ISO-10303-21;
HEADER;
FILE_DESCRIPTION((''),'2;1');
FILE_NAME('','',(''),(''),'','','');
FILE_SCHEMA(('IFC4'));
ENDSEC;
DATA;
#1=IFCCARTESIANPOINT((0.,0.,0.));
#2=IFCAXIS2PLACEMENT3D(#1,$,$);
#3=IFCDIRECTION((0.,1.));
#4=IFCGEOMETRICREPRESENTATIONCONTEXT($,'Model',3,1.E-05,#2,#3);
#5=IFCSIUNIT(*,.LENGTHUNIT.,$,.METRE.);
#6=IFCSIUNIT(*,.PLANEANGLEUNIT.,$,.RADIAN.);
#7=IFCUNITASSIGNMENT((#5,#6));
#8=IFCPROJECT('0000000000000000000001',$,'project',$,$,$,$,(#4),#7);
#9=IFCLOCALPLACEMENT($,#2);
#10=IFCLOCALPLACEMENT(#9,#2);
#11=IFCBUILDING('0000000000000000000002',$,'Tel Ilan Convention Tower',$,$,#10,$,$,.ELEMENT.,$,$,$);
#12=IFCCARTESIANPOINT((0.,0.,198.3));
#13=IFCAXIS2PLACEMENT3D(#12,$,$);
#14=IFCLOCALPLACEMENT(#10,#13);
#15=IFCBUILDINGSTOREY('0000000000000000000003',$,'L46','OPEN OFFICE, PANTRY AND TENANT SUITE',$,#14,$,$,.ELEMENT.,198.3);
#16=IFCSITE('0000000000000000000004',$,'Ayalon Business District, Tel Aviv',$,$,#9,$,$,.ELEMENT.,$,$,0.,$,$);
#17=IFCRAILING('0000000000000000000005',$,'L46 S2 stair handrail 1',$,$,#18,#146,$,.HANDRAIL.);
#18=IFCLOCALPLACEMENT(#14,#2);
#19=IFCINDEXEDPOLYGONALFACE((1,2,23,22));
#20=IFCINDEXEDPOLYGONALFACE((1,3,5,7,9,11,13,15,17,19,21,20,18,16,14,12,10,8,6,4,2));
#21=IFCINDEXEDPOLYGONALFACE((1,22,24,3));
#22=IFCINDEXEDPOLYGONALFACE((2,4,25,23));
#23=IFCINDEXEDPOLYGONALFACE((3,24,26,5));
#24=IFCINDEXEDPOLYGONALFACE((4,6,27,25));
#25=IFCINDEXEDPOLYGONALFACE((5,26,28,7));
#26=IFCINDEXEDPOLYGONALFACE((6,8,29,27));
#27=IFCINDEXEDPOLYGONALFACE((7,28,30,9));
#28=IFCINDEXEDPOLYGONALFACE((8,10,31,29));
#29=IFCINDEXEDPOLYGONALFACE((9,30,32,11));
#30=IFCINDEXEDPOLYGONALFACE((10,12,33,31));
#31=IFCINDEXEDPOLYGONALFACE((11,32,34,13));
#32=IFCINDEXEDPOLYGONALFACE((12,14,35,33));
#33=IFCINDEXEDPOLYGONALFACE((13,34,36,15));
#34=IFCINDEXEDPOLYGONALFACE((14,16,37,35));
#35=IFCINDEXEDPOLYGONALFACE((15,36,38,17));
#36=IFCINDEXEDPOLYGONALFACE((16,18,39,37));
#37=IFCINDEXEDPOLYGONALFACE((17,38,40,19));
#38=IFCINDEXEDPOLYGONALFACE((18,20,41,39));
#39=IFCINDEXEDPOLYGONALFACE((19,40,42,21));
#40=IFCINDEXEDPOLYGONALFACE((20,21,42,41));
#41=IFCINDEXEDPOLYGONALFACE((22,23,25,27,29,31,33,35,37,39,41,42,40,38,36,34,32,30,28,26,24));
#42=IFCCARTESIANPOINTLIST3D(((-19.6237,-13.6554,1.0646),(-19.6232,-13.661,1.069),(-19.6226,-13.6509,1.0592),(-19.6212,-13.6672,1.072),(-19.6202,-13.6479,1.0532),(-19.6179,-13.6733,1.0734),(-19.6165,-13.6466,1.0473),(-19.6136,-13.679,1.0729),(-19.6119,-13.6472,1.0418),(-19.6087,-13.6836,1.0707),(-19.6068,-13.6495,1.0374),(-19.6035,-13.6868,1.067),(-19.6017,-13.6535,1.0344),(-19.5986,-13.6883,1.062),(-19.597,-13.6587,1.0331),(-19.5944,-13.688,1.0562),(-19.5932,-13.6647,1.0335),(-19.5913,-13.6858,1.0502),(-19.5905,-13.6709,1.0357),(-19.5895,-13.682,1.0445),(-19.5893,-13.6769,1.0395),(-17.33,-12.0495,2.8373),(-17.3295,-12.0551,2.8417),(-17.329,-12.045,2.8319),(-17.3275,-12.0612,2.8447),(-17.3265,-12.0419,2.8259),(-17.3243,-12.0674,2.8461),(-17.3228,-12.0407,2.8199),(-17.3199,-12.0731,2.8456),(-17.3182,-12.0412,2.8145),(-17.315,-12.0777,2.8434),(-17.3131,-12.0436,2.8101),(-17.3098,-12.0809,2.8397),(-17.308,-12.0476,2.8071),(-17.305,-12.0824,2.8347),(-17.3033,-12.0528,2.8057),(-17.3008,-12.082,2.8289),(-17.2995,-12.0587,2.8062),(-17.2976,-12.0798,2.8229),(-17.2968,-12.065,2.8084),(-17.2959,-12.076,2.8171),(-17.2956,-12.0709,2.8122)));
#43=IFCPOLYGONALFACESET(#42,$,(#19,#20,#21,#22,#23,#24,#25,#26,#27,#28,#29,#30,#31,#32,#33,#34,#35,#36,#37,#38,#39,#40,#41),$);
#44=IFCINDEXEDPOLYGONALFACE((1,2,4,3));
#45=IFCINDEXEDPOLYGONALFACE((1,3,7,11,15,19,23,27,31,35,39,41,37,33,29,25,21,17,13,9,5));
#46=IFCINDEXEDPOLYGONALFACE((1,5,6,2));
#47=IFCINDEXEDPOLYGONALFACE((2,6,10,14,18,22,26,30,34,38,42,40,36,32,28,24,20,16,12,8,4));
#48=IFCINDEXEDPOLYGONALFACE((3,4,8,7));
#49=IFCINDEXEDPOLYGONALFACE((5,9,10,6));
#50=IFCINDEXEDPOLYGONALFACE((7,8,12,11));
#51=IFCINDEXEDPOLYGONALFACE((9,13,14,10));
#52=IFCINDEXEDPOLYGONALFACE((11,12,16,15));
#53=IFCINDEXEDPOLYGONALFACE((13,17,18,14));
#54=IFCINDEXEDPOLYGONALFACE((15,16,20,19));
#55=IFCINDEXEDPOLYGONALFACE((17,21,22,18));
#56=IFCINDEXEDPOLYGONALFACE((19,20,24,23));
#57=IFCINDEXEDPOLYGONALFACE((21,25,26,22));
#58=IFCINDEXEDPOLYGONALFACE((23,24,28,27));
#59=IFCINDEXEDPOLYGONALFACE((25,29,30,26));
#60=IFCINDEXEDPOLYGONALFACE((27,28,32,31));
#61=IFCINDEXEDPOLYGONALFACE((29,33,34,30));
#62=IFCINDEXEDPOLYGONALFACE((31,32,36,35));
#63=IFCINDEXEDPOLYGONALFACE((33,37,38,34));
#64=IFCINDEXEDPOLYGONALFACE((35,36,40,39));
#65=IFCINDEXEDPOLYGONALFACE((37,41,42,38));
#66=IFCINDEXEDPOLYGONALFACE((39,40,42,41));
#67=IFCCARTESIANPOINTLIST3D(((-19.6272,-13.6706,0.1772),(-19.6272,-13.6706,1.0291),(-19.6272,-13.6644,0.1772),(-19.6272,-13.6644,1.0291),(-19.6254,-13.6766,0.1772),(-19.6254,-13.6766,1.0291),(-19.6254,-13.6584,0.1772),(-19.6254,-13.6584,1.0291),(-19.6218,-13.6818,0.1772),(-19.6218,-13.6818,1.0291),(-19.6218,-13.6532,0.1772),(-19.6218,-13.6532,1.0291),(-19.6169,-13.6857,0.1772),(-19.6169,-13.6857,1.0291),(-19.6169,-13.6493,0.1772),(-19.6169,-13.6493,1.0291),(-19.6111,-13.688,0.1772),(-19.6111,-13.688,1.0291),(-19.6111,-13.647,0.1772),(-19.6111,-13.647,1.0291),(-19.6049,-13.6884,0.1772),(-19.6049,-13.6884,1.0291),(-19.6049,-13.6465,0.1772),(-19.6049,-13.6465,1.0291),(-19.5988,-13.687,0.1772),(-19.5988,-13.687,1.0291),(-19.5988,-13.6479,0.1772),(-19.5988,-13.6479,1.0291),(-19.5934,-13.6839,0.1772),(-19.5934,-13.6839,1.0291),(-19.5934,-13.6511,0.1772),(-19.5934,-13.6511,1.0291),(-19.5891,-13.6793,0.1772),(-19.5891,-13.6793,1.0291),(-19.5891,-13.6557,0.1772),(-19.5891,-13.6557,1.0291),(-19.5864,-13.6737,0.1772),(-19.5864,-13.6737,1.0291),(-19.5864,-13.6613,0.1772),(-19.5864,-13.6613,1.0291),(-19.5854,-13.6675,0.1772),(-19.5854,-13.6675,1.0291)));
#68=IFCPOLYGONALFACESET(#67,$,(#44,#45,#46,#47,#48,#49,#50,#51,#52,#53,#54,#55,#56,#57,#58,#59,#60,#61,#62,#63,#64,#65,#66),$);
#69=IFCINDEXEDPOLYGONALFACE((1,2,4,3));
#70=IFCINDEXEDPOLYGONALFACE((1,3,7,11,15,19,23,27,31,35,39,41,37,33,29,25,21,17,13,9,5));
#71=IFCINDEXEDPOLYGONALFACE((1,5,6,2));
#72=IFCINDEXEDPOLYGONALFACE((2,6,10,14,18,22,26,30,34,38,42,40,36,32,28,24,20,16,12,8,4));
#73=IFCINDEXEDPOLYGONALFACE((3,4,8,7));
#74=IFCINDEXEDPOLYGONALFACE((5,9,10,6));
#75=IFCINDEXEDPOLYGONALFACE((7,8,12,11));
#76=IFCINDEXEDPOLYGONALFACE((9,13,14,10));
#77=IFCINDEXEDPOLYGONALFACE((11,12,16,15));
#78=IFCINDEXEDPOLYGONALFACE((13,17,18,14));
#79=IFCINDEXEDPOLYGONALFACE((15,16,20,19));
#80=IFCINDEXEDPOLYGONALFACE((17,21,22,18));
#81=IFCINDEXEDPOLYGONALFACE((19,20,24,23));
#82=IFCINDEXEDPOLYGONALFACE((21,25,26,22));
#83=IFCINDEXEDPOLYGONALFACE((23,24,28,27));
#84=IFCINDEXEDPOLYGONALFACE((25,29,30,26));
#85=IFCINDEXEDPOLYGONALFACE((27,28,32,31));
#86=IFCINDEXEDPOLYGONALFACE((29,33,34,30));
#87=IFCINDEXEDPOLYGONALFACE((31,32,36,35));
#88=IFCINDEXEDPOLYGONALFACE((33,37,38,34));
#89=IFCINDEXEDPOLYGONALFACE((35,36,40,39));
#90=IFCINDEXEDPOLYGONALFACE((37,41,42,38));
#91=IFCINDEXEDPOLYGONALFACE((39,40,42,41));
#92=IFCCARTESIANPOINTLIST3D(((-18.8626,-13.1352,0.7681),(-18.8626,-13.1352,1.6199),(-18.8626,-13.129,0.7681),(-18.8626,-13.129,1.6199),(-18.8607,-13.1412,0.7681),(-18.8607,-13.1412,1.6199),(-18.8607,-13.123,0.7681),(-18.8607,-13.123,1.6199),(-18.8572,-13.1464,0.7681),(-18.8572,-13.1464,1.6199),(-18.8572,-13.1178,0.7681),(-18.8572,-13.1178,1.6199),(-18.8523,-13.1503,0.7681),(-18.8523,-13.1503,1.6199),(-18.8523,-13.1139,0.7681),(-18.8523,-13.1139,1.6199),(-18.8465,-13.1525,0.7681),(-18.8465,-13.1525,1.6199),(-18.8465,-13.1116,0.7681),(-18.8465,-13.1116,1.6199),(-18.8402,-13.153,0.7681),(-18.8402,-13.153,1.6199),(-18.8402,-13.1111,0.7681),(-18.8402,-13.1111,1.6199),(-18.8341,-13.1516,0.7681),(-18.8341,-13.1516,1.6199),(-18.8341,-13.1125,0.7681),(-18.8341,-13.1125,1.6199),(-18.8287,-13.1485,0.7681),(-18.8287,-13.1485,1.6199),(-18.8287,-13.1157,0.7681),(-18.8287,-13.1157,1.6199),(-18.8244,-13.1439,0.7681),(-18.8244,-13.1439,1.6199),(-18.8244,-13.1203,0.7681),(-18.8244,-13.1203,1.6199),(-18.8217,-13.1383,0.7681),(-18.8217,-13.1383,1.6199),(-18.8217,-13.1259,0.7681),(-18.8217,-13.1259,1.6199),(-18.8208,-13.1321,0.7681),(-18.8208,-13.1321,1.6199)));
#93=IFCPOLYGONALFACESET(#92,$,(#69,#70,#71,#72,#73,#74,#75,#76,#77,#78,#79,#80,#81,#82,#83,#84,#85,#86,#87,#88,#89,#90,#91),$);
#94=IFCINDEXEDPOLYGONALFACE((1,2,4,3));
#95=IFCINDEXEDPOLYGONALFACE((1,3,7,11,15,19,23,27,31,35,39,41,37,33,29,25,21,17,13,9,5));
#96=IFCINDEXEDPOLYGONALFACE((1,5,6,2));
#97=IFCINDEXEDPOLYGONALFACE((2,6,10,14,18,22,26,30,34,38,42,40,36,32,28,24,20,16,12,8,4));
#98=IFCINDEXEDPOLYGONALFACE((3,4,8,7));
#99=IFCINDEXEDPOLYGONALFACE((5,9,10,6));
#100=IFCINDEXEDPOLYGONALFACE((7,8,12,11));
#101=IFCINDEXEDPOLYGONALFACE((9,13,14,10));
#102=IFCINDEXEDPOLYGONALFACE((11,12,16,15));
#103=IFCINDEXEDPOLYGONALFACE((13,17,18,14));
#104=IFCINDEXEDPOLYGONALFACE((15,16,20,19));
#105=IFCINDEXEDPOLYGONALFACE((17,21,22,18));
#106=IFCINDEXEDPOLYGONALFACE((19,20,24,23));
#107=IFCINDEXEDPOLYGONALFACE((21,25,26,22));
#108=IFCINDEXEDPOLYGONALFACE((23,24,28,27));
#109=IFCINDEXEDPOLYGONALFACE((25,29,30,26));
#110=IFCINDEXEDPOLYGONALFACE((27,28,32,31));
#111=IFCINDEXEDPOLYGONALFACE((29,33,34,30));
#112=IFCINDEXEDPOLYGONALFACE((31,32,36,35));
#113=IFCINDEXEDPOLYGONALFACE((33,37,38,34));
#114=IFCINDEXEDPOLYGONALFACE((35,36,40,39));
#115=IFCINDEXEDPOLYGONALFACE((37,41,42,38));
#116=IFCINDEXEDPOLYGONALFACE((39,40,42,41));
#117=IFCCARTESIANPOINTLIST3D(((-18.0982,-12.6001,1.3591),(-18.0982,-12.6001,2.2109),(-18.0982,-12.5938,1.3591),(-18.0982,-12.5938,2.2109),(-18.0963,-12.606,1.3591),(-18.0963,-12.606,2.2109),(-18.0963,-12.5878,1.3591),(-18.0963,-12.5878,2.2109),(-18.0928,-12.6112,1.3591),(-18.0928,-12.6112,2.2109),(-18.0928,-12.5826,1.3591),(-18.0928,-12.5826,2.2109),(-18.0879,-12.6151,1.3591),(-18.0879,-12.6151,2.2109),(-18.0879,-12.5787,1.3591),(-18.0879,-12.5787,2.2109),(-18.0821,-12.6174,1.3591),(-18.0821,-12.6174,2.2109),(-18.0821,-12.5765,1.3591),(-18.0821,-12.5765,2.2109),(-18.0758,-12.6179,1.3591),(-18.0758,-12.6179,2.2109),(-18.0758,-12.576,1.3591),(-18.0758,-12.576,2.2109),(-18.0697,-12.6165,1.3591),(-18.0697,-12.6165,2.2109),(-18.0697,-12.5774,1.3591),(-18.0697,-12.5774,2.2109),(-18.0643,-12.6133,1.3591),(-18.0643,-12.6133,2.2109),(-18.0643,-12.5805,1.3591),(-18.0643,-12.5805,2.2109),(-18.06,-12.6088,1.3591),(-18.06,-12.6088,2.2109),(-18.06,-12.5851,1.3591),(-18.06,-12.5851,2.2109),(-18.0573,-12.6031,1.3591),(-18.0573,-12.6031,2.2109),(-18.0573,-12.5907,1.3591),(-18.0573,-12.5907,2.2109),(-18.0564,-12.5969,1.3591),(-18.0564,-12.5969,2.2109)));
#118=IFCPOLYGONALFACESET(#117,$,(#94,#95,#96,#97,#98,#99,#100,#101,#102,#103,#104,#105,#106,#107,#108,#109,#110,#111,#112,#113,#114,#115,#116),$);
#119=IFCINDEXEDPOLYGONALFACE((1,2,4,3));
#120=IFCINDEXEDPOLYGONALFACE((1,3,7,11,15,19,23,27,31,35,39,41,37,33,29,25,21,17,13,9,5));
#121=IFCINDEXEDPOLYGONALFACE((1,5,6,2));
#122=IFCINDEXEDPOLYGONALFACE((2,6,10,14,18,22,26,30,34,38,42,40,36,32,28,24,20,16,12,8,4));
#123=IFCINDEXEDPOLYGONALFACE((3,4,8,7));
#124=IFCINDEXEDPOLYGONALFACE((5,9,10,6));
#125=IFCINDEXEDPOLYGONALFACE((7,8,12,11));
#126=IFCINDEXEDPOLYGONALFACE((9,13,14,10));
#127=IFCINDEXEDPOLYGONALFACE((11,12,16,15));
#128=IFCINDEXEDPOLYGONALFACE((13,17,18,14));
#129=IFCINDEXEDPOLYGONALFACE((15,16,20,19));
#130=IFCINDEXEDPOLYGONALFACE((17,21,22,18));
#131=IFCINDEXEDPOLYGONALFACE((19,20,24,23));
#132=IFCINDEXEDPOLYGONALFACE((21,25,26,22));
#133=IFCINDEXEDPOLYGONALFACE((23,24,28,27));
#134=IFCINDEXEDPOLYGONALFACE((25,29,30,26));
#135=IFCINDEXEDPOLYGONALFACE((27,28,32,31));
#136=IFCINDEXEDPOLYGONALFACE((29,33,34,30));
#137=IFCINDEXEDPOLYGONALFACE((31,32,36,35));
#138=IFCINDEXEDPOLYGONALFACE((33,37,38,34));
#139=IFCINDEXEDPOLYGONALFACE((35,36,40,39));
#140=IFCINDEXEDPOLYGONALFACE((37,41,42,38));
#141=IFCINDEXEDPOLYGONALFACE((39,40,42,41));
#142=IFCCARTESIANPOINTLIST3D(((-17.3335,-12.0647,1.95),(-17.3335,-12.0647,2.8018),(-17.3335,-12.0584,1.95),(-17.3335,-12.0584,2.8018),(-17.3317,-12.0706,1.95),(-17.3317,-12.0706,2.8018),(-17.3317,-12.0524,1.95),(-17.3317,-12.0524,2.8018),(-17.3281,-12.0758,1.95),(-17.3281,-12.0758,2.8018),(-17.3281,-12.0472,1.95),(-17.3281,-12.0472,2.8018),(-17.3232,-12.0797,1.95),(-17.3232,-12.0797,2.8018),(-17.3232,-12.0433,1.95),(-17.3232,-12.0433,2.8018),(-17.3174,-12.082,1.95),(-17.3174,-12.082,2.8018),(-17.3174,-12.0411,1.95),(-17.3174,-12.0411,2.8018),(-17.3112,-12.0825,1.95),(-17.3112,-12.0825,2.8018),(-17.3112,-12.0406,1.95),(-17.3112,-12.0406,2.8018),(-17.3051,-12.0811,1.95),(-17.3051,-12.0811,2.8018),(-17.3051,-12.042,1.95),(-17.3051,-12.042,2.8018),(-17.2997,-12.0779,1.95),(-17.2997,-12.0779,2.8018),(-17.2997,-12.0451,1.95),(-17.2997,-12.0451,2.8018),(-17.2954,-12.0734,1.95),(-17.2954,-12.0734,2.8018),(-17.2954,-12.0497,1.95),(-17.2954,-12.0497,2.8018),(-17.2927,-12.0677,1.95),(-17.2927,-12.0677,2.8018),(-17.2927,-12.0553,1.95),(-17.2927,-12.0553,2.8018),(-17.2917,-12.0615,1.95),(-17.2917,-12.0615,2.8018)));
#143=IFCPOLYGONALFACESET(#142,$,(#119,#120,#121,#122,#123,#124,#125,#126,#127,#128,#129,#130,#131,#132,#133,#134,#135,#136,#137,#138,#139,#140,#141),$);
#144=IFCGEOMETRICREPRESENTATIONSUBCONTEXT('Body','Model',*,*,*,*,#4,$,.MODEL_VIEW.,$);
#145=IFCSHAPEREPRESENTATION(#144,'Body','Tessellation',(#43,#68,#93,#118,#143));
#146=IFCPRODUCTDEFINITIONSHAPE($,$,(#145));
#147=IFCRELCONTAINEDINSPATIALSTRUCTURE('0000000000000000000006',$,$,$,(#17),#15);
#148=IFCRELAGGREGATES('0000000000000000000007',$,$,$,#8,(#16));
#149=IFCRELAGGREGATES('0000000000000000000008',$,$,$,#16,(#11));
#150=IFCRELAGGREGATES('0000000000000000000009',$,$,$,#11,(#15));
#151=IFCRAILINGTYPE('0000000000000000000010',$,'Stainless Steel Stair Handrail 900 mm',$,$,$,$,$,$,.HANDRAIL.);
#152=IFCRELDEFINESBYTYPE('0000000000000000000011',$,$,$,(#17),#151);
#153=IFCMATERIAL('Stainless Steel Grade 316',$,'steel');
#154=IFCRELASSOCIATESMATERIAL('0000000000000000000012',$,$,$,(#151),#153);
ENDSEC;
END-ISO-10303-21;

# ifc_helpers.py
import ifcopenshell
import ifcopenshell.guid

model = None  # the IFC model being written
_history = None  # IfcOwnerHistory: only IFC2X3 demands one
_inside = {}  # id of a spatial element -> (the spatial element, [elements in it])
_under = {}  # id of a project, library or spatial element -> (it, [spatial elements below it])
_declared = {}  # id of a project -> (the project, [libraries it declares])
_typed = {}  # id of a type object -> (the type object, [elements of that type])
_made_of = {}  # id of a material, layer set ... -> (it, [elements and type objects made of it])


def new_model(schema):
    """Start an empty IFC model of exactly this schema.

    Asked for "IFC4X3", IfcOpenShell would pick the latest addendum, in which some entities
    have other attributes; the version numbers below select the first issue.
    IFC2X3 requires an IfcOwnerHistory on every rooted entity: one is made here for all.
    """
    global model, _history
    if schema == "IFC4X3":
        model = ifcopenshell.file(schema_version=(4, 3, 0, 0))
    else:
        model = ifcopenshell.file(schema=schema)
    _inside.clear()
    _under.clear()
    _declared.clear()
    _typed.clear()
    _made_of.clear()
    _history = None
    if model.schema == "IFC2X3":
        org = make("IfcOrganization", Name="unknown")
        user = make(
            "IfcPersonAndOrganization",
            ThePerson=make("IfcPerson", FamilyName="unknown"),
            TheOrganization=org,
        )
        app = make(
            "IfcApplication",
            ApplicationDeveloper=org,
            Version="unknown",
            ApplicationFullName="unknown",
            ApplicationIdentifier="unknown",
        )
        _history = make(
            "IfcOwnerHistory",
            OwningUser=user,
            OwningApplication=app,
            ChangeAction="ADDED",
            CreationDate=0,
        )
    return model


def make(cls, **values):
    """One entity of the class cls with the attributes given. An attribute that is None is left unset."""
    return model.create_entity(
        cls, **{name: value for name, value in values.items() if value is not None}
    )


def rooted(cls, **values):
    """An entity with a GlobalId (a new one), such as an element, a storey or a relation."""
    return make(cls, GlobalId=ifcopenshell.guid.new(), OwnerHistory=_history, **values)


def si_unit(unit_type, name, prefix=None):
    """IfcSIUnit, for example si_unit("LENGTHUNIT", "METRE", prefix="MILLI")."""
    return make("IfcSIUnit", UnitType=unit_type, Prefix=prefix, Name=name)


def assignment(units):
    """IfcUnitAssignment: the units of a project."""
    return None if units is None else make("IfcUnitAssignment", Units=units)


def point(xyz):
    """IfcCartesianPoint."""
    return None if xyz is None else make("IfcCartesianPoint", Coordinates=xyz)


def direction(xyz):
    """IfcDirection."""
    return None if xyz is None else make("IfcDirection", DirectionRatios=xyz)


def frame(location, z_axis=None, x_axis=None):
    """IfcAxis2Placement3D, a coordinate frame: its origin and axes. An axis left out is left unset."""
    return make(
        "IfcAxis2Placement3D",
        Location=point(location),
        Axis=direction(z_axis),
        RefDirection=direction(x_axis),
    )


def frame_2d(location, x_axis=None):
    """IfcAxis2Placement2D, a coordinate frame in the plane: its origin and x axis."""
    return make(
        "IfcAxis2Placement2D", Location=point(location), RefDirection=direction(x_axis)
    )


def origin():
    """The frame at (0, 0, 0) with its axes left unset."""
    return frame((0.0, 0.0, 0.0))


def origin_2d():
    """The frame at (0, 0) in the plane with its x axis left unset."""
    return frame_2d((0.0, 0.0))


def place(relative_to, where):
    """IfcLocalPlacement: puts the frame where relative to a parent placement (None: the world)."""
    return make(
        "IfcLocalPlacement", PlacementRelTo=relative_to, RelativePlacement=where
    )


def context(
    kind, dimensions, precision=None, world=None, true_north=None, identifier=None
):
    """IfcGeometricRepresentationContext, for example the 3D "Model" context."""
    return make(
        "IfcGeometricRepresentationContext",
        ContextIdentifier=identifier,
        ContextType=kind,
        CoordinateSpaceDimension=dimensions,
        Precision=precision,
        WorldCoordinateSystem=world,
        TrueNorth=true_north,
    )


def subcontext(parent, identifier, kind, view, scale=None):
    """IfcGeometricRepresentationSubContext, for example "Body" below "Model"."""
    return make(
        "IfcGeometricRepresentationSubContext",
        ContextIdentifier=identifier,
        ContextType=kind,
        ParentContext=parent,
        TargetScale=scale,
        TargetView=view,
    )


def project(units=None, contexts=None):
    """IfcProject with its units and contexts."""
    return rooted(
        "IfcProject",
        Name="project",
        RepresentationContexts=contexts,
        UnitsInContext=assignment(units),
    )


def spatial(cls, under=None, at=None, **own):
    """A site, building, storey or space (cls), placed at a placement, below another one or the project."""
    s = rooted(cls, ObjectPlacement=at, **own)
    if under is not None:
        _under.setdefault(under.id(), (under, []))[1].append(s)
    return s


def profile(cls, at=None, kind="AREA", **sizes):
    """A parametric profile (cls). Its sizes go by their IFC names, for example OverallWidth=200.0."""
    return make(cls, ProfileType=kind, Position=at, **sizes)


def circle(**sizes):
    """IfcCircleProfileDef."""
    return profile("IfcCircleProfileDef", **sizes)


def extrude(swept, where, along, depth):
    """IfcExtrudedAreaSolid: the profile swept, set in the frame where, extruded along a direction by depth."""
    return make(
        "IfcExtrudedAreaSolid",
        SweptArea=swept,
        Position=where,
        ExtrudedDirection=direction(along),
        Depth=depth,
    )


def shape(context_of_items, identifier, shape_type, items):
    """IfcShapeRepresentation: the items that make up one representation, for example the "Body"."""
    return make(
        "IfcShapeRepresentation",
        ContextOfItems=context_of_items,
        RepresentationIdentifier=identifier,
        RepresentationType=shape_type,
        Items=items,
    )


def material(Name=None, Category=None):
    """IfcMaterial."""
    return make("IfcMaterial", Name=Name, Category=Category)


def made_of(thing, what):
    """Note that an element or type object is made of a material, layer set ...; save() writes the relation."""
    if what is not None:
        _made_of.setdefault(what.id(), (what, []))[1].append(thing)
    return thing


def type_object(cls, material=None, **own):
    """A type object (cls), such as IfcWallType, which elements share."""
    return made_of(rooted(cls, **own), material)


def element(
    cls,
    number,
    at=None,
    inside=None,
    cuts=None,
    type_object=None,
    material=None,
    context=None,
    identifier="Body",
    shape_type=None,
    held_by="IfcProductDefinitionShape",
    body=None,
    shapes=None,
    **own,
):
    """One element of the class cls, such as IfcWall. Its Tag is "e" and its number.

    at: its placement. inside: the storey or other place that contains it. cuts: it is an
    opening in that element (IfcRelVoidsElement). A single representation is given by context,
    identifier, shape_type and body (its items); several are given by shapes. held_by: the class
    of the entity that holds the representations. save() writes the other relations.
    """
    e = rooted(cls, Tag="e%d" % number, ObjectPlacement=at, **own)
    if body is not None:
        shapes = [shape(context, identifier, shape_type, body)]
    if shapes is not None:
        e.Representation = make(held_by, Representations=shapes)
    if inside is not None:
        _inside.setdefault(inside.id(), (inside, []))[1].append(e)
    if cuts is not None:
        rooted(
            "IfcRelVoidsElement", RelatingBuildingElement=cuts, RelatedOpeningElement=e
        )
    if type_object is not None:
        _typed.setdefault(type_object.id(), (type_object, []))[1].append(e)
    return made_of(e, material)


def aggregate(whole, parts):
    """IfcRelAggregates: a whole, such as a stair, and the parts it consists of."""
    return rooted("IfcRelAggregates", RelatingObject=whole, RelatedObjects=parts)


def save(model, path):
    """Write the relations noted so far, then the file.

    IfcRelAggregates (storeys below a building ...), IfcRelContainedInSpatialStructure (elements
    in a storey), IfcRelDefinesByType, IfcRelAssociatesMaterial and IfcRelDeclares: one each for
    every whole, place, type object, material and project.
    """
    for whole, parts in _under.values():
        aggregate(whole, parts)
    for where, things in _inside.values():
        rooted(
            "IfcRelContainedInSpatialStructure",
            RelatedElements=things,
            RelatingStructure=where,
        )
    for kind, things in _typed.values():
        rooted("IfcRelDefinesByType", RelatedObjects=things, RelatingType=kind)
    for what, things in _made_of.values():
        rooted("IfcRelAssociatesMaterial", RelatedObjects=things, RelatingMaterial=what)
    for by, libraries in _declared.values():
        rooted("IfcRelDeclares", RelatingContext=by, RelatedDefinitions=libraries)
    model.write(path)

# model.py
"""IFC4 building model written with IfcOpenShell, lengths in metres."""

from ifc_helpers import new_model, si_unit, direction, frame, origin, origin_2d, place, context, subcontext, project, spatial, circle, extrude, material, type_object, element, save


model = new_model("IFC4")

# Units and contexts
model_context = context("Model", 3, precision=1e-05, world=origin(), true_north=direction((0.0, 1.0)))
body_context = subcontext(model_context, "Body", "Model", "MODEL_VIEW")
ifc_project = project(units=[si_unit("LENGTHUNIT", "METRE"), si_unit("PLANEANGLEUNIT", "RADIAN")], contexts=[model_context])

# Site, building, storey
site_placement = place(None, origin())
site = spatial("IfcSite", under=ifc_project, at=site_placement, Name="Ayalon Business District, Tel Aviv", CompositionType="ELEMENT", RefElevation=0.0)
building_placement = place(site_placement, origin())
building = spatial("IfcBuilding", under=site, at=building_placement, Name="Tel Ilan Convention Tower", CompositionType="ELEMENT")
storey_placement = place(building_placement, frame((0.0, 0.0, 198.3)))
storey = spatial("IfcBuildingStorey", under=building, at=storey_placement, Name="L46", Description="OPEN OFFICE, PANTRY AND TENANT SUITE", CompositionType="ELEMENT", Elevation=198.3)

# Railing
ifc_material_1 = material(Name="Stainless Steel Grade 316", Category="steel")
railing_type_1 = type_object("IfcRailingType", Name="Stainless Steel Stair Handrail 900 mm", PredefinedType="HANDRAIL", material=ifc_material_1)
railing_1_placement = place(storey_placement, frame((-19.6064, -13.6675, 0.1772)))
element("IfcRailing", 1, at=railing_1_placement, inside=storey, type_object=railing_type_1, Name="L46 S2 stair handrail 1", PredefinedType="HANDRAIL", context=body_context, shape_type="SweptSolid", body=[
    extrude(circle(Radius=0.0239, at=origin_2d()), frame((0.0, 0.0, 0.876), z_axis=(0.692123, 0.484597, 0.534913), x_axis=(-0.57355, 0.81917, 0.0)), (0.0, 0.0, 1.0), 3.314),
    extrude(circle(Radius=0.021, at=origin_2d()), origin(), (0.0, 0.0, 1.0), 0.8518),
    extrude(circle(Radius=0.021, at=origin_2d()), frame((0.7646, 0.5354, 0.5908)), (0.0, 0.0, 1.0), 0.8518),
    extrude(circle(Radius=0.021, at=origin_2d()), frame((1.5291, 1.0706, 1.1819)), (0.0, 0.0, 1.0), 0.8518),
    extrude(circle(Radius=0.021, at=origin_2d()), frame((2.2937, 1.606, 1.7727)), (0.0, 0.0, 1.0), 0.8518),
])

save(model, "model.ifc")
